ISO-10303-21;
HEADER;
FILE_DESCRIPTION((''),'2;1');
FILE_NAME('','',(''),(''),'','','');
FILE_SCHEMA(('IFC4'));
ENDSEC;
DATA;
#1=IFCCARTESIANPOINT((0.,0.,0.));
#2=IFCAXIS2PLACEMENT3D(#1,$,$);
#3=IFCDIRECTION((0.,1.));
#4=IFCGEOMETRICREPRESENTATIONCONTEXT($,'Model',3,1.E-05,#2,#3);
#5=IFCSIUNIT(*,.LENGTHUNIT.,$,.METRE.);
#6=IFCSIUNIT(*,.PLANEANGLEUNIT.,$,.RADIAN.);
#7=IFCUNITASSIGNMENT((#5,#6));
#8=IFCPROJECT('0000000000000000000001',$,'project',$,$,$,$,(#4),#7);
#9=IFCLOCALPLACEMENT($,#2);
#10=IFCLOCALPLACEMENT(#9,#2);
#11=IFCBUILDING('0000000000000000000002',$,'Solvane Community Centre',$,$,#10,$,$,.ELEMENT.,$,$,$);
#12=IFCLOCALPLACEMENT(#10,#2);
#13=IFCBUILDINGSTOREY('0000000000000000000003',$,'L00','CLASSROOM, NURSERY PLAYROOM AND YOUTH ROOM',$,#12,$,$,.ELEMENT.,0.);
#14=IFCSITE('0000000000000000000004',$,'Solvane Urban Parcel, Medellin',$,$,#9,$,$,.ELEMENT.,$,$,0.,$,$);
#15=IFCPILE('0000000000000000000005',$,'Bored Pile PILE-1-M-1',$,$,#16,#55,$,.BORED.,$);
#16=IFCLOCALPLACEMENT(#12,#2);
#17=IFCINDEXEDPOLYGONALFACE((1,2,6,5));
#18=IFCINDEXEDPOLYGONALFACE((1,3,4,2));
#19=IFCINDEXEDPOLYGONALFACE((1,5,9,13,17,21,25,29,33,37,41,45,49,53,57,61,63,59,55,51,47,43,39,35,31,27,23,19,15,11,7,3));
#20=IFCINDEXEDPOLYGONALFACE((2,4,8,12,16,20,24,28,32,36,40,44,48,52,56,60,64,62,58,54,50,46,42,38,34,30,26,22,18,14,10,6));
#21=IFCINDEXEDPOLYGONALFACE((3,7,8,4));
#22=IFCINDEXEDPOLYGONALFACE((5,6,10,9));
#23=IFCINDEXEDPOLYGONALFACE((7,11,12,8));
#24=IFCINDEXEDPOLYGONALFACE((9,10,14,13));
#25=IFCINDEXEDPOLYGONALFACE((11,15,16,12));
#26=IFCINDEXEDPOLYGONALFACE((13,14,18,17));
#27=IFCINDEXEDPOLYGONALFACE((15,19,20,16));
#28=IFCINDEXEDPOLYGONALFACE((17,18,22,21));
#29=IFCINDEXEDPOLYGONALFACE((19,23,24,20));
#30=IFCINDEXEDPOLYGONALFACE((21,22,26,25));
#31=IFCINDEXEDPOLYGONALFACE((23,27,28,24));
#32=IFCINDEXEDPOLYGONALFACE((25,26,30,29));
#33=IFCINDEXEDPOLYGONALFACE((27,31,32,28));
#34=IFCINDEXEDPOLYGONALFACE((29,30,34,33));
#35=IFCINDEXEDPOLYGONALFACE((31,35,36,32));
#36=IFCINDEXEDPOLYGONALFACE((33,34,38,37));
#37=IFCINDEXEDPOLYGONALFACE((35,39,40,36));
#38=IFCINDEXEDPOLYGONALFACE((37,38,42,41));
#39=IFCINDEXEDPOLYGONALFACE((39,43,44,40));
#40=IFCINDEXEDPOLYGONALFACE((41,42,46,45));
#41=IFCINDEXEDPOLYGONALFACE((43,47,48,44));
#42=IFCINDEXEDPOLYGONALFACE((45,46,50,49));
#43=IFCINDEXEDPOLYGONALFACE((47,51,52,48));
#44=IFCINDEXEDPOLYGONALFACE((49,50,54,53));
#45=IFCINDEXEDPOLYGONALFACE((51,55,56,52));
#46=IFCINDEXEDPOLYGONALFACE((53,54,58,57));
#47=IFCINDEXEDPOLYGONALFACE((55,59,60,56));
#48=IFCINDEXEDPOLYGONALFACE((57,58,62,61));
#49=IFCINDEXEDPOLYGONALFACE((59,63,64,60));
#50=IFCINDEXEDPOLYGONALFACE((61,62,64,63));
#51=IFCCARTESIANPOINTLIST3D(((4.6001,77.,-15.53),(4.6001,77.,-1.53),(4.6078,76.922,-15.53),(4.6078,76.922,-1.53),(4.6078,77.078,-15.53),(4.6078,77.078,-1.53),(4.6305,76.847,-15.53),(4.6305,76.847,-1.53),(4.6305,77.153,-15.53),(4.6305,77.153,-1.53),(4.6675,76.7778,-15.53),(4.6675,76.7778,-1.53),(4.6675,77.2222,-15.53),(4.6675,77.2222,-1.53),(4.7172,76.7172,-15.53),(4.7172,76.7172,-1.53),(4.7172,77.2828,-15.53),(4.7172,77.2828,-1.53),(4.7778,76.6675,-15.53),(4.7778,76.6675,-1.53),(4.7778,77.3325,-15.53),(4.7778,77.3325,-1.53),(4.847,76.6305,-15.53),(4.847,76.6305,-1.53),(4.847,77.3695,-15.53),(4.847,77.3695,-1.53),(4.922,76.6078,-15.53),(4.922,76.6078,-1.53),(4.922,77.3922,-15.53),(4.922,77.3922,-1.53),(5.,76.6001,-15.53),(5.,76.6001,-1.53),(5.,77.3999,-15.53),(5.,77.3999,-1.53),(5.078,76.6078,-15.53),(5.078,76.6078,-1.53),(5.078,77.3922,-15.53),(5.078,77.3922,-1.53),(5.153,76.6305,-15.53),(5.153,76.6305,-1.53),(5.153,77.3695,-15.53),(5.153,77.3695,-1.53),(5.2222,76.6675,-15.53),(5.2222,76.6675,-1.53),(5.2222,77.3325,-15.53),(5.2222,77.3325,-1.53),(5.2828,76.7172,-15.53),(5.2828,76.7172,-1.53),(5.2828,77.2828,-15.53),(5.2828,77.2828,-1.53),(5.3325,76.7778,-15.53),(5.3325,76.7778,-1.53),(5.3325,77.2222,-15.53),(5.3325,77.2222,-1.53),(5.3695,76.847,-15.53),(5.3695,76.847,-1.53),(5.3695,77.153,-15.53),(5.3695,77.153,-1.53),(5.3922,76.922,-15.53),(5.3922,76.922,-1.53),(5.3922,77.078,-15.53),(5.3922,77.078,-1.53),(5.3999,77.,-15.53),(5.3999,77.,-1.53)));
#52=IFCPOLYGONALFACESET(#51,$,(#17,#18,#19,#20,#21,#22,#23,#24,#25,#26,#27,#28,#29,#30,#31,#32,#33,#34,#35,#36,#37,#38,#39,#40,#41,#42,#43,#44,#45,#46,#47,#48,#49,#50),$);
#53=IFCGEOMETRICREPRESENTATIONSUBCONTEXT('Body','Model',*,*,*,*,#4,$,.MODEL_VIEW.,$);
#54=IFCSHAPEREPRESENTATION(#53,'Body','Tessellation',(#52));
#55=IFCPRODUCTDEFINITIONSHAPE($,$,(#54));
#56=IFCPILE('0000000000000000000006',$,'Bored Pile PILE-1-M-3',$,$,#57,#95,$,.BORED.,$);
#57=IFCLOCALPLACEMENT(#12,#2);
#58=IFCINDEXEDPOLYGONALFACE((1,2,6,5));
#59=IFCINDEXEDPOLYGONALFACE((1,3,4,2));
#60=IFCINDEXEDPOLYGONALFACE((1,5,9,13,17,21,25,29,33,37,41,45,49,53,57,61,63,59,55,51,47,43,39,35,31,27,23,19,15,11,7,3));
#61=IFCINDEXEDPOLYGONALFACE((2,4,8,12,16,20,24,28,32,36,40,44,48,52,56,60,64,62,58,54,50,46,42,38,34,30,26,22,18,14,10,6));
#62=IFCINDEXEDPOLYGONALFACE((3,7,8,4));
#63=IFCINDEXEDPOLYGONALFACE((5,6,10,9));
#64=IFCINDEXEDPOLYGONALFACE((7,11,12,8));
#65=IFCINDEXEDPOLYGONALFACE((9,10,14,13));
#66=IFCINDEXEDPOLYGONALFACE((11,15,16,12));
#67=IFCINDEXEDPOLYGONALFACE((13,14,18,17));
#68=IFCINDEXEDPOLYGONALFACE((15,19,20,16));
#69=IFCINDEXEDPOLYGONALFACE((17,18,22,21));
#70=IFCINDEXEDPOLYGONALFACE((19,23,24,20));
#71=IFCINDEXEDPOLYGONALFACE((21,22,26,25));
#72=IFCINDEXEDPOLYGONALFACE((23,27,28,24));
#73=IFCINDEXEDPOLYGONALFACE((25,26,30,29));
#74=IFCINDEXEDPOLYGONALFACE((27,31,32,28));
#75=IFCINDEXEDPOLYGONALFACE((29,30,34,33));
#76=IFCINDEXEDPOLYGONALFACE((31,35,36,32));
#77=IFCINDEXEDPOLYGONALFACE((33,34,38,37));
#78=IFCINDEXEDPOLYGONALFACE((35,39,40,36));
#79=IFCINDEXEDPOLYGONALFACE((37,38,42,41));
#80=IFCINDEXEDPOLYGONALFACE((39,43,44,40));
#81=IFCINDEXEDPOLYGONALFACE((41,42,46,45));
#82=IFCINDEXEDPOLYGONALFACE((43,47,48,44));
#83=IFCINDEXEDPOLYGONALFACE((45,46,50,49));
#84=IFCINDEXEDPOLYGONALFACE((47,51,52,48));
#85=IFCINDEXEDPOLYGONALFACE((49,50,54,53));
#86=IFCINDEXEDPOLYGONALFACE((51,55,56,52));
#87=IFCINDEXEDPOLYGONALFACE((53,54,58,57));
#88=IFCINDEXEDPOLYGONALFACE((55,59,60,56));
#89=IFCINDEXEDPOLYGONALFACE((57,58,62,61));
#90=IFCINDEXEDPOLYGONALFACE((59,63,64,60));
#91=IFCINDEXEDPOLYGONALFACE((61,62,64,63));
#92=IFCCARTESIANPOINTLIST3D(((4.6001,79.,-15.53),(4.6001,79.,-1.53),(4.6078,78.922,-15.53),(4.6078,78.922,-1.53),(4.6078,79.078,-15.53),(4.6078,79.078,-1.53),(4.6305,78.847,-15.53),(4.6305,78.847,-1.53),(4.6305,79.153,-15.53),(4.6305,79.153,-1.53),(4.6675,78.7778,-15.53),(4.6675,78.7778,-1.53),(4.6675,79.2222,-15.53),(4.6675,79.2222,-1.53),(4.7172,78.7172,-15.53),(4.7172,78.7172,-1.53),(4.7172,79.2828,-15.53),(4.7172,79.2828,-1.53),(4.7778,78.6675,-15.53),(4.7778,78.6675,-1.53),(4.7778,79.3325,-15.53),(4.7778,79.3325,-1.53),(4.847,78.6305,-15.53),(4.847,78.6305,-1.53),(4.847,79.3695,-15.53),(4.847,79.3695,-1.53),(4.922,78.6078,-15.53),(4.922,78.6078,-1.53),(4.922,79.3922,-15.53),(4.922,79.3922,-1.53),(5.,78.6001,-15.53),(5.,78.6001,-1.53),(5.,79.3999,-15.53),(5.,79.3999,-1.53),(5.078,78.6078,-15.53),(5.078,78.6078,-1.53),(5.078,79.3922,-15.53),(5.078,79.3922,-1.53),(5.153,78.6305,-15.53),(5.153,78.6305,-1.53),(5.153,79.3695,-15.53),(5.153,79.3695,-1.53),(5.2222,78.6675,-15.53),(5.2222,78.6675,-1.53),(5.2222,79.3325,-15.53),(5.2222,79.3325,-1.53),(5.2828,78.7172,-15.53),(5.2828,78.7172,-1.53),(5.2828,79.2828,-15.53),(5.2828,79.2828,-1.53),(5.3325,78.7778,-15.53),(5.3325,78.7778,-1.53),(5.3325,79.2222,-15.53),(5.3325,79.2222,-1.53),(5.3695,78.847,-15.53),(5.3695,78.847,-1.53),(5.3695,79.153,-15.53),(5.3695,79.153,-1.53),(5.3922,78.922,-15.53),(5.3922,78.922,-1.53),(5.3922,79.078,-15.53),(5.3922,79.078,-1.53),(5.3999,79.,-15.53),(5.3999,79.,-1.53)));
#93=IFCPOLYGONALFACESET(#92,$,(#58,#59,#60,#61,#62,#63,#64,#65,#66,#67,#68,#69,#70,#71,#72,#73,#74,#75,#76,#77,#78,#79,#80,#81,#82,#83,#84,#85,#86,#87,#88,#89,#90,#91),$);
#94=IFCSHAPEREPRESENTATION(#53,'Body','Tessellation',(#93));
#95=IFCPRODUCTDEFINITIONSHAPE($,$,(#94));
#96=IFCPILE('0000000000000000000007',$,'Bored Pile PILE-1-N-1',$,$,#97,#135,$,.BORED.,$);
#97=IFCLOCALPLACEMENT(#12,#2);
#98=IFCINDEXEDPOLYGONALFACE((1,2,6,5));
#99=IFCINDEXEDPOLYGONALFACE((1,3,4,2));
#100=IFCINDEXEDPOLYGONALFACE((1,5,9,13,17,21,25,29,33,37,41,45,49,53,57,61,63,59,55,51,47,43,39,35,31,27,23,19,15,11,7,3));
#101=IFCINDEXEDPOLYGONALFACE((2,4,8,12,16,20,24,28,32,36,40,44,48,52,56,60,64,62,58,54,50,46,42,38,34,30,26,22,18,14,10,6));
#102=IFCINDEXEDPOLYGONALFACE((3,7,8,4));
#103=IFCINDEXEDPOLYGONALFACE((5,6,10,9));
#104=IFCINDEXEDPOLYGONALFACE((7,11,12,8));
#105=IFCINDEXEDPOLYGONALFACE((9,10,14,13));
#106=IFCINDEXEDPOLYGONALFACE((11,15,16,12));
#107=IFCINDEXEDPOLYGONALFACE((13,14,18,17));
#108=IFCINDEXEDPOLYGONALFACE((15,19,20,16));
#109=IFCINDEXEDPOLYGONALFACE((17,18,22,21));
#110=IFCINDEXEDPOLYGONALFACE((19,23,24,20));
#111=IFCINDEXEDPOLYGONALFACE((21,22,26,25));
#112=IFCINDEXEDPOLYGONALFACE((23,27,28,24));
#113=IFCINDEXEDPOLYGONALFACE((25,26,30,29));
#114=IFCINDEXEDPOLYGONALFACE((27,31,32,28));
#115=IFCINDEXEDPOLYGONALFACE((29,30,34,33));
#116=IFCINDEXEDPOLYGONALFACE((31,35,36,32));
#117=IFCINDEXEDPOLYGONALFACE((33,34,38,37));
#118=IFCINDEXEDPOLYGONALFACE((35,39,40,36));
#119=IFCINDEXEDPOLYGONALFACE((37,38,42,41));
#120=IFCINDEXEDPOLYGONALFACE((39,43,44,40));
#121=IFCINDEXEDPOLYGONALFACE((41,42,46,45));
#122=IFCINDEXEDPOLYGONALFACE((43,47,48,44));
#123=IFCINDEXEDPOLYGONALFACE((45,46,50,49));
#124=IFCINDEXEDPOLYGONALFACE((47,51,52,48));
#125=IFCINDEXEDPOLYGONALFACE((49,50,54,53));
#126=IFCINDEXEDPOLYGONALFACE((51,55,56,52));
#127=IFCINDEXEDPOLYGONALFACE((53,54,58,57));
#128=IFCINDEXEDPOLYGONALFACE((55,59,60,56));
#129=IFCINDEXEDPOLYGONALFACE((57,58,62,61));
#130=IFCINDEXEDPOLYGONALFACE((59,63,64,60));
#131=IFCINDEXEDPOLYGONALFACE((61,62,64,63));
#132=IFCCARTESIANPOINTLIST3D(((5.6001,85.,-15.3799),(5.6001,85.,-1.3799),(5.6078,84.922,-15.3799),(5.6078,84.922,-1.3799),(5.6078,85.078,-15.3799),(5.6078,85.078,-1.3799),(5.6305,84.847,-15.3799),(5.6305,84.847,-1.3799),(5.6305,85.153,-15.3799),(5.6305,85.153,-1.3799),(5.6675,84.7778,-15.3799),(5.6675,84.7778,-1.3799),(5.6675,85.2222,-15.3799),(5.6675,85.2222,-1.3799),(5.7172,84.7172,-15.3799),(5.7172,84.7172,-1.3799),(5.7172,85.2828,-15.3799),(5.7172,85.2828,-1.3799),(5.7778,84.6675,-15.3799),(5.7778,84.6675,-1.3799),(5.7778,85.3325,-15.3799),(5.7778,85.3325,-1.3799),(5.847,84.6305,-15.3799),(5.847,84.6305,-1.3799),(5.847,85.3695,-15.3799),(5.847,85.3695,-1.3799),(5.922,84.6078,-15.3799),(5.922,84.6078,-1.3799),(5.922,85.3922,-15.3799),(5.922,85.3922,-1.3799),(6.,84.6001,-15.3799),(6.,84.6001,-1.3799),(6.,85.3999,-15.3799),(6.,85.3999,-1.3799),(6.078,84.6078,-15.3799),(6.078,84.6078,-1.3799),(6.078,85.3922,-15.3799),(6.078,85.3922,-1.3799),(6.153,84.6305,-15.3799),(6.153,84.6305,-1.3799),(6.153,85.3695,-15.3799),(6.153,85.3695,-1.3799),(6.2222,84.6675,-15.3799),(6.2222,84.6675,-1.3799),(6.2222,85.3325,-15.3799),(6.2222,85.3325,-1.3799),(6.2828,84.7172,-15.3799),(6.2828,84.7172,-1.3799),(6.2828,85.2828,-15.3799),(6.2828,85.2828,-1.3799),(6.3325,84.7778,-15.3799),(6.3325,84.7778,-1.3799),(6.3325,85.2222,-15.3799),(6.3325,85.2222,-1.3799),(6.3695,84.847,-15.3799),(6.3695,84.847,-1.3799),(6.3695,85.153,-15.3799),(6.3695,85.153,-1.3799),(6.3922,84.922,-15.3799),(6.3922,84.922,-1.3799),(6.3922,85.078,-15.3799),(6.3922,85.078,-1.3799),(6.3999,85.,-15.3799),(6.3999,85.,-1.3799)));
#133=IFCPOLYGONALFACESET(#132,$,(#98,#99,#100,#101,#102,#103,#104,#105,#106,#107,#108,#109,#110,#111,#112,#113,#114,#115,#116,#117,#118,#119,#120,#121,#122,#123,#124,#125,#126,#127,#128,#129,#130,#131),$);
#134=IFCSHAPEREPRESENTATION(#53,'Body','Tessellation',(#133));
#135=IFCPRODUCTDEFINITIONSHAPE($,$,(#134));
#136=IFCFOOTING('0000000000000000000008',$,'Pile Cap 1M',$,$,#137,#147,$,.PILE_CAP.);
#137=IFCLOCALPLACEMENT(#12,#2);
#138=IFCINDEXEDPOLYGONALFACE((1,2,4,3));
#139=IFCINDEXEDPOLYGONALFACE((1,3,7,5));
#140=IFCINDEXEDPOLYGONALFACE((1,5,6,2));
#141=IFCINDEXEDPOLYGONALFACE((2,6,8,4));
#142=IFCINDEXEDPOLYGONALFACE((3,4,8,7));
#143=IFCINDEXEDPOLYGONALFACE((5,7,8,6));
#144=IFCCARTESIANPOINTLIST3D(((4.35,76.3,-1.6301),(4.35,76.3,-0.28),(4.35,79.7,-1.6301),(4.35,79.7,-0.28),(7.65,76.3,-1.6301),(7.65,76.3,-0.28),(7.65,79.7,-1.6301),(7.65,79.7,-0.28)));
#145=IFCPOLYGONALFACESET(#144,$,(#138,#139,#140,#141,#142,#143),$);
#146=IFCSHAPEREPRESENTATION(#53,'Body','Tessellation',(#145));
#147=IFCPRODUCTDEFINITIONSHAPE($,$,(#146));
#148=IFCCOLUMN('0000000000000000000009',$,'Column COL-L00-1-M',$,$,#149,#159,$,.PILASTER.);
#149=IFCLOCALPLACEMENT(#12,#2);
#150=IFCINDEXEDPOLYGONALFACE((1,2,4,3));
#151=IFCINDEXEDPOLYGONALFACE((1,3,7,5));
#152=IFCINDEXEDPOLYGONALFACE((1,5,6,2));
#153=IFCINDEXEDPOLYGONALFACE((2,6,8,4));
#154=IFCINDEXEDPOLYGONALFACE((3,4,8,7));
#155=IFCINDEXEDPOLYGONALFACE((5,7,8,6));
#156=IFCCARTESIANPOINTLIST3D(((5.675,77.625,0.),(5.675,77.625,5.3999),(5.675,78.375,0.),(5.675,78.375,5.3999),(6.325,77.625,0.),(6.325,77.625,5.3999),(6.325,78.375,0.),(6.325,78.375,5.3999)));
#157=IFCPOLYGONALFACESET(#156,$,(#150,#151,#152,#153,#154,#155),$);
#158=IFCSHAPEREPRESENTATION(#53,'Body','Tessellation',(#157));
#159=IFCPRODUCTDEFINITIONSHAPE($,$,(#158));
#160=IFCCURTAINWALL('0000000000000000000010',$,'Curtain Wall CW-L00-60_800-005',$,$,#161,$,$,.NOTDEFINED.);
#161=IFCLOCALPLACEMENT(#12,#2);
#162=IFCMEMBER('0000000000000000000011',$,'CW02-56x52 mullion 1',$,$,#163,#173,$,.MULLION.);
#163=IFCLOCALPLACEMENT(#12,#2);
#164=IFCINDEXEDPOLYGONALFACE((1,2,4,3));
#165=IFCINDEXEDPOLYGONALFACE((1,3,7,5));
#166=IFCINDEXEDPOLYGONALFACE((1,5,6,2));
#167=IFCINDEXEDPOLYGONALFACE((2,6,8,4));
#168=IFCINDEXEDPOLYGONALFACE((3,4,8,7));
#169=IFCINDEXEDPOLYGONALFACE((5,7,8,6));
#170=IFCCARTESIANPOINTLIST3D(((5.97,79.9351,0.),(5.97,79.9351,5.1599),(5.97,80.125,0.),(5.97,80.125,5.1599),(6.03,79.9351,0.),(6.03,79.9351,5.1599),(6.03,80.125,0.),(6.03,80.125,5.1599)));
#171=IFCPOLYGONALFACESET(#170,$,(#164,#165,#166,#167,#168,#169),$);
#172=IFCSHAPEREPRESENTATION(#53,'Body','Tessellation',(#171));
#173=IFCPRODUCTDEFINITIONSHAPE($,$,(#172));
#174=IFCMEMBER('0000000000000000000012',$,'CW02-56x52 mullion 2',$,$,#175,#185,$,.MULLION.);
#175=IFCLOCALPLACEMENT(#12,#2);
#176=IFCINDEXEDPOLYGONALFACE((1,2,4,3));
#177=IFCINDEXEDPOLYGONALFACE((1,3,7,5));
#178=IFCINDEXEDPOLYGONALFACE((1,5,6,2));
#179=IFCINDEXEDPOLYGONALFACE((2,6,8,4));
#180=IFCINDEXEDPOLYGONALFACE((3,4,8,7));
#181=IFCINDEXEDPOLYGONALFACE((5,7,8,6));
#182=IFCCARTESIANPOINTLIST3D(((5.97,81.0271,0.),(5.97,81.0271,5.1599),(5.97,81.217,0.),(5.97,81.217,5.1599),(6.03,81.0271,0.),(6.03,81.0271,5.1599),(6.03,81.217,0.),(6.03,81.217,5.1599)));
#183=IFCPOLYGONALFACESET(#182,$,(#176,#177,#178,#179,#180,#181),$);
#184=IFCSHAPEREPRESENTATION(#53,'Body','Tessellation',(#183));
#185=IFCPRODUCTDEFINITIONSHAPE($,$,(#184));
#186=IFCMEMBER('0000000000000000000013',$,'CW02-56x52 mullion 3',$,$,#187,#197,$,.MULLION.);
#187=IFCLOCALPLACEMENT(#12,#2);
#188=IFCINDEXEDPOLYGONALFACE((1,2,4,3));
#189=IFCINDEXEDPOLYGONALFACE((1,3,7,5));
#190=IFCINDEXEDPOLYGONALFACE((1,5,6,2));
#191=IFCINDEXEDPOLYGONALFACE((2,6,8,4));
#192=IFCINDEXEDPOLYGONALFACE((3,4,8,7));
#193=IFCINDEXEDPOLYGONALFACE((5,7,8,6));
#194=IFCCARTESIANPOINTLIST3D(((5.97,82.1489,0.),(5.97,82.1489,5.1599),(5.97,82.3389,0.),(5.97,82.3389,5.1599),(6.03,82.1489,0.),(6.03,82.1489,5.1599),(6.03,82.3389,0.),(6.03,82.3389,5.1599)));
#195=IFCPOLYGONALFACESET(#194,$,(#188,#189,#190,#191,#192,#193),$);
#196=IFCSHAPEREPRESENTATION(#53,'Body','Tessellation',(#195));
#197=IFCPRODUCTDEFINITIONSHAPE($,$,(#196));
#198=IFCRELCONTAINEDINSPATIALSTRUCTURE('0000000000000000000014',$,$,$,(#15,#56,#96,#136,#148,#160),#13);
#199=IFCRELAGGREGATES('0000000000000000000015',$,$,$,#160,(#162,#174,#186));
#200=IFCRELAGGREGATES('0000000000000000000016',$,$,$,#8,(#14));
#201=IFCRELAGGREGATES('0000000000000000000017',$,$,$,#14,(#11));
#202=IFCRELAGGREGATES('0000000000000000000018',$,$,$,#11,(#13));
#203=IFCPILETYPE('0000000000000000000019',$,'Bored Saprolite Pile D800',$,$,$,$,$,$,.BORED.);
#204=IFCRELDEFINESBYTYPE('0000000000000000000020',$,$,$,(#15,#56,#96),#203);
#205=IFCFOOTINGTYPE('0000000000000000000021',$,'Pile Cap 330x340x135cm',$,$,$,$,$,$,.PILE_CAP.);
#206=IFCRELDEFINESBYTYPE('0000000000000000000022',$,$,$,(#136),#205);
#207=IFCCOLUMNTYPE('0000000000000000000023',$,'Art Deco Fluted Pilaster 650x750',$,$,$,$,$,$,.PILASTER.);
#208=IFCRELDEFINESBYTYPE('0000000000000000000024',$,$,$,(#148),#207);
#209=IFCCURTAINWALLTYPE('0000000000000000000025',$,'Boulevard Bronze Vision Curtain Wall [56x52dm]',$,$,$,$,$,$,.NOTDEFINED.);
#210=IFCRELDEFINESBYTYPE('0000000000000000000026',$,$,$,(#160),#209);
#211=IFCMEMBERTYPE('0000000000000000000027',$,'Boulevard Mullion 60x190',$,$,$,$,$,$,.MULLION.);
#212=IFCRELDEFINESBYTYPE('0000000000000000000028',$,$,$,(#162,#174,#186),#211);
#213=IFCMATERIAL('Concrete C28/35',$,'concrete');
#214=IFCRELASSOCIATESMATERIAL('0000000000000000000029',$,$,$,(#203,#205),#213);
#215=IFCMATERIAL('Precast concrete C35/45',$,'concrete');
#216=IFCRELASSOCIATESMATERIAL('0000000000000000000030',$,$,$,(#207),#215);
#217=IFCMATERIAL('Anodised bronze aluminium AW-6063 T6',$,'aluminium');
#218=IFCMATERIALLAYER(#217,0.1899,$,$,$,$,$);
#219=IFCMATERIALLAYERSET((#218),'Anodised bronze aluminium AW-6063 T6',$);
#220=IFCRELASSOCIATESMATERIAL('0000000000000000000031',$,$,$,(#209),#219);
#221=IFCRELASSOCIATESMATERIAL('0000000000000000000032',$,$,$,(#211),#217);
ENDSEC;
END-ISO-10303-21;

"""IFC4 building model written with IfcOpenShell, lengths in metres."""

from ifc_helpers import new_model, si_unit, direction, frame, origin, origin_2d, place, context, subcontext, project, spatial, rectangle, circle, extrude, material, layer, layer_set, material_profile, profile_set, type_object, element, aggregate, save


model = new_model("IFC4")

# Units and contexts
model_context = context("Model", 3, precision=1e-05, world=origin(), true_north=direction((0.0, 1.0)))
body_context = subcontext(model_context, "Body", "Model", "MODEL_VIEW")
ifc_project = project(units=[si_unit("LENGTHUNIT", "METRE"), si_unit("PLANEANGLEUNIT", "RADIAN")], contexts=[model_context])

# Site, building, storey
site_placement = place(None, origin())
site = spatial("IfcSite", under=ifc_project, at=site_placement, Name="Solvane Urban Parcel, Medellin", CompositionType="ELEMENT", RefElevation=0.0)
building_placement = place(site_placement, origin())
building = spatial("IfcBuilding", under=site, at=building_placement, Name="Solvane Community Centre", CompositionType="ELEMENT")
storey_placement = place(building_placement, origin())
storey = spatial("IfcBuildingStorey", under=building, at=storey_placement, Name="L00", Description="CLASSROOM, NURSERY PLAYROOM AND YOUTH ROOM", CompositionType="ELEMENT", Elevation=0.0)

# Piles
ifc_material_1 = material(Name="Concrete C28/35", Category="concrete")
ifc_material_profile_1 = material_profile(ifc_material_1, circle(Radius=0.3999, at=origin_2d()), Name="PILE D800")
ifc_profile_set_1 = profile_set([ifc_material_profile_1], Name="Concrete C28/35")
pile_type = type_object("IfcPileType", Name="Bored Saprolite Pile D800", PredefinedType="BORED", material=ifc_profile_set_1)
for number, where, z_axis, x_axis, name in (
    (1, (5.0, 77.0, -1.53), (0.0, 0.0, -1.0), (1.0, 0.0, 0.0), "Bored Pile PILE-1-M-1"),
    (2, (5.0, 79.0, -1.53), (0.0, 0.0, -1.0), (1.0, 0.0, 0.0), "Bored Pile PILE-1-M-3"),
    (3, (6.0, 85.0, -1.3799), (0.0, 0.0, -1.0), (1.0, 0.0, 0.0), "Bored Pile PILE-1-N-1"),
):
    element("IfcPile", number, at=place(storey_placement, frame(where, z_axis=z_axis, x_axis=x_axis)), inside=storey, type_object=pile_type, Name=name, PredefinedType="BORED", context=body_context, shape_type="SweptSolid", body=[
        extrude(circle(Radius=0.3999, at=origin_2d()), origin(), (0.0, 0.0, 1.0), 14.0),
    ])

# Footing
footing_type = type_object("IfcFootingType", Name="Pile Cap 330x340x135cm", PredefinedType="PILE_CAP", material=ifc_material_1)
footing_placement = place(storey_placement, frame((6.0, 78.0, -1.6301), z_axis=(0.0, 0.0, 1.0), x_axis=(1.0, 0.0, 0.0)))
element("IfcFooting", 4, at=footing_placement, inside=storey, type_object=footing_type, Name="Pile Cap 1M", PredefinedType="PILE_CAP", context=body_context, shape_type="SweptSolid", body=[
    extrude(rectangle(XDim=3.3, YDim=3.3999, at=origin_2d()), origin(), (0.0, 0.0, 1.0), 1.3501),
])

# Column
ifc_material_2 = material(Name="Precast concrete C35/45", Category="concrete")
ifc_material_profile_2 = material_profile(ifc_material_2, rectangle(XDim=0.6499, YDim=0.75, at=origin_2d()), Name="RC 650x750")
ifc_profile_set_2 = profile_set([ifc_material_profile_2], Name="Precast concrete C35/45")
column_type = type_object("IfcColumnType", Name="Art Deco Fluted Pilaster 650x750", PredefinedType="PILASTER", material=ifc_profile_set_2)
column_placement = place(storey_placement, frame((6.0, 78.0, 0.0), z_axis=(0.0, 0.0, 1.0), x_axis=(1.0, 0.0, 0.0)))
element("IfcColumn", 5, at=column_placement, inside=storey, type_object=column_type, Name="Column COL-L00-1-M", PredefinedType="PILASTER", context=body_context, shape_type="SweptSolid", body=[
    extrude(rectangle(XDim=0.6499, YDim=0.75, at=origin_2d()), origin(), (0.0, 0.0, 1.0), 5.3999),
])

# Curtain wall, members
ifc_material_3 = material(Name="Anodised bronze aluminium AW-6063 T6", Category="aluminium")
ifc_layer_1 = layer(ifc_material_3, 0.1899)
ifc_layer_set_1 = layer_set([ifc_layer_1], Name="Anodised bronze aluminium AW-6063 T6")
curtain_wall_type = type_object("IfcCurtainWallType", Name="Boulevard Bronze Vision Curtain Wall [56x52dm]", PredefinedType="NOTDEFINED", material=ifc_layer_set_1)
curtain_wall_placement = place(storey_placement, origin())
curtain_wall = element("IfcCurtainWall", 6, at=curtain_wall_placement, inside=storey, type_object=curtain_wall_type, Name="Curtain Wall CW-L00-60_800-005", PredefinedType="NOTDEFINED")
ifc_material_profile_3 = material_profile(ifc_material_3, rectangle(XDim=0.0601, YDim=0.1899, at=origin_2d()), Name="CW-M 60x190")
ifc_profile_set_3 = profile_set([ifc_material_profile_3], Name="Anodised bronze aluminium AW-6063 T6")
member_type_1 = type_object("IfcMemberType", Name="Boulevard Mullion 60x190", PredefinedType="MULLION", material=ifc_profile_set_3)
member_1_placement = place(storey_placement, frame((6.0, 80.03, 0.0), z_axis=(0.0, 0.0, 1.0), x_axis=(-1.0, 0.0, 0.0)))
member_1 = element("IfcMember", 7, at=member_1_placement, type_object=member_type_1, Name="CW02-56x52 mullion 1", PredefinedType="MULLION", context=body_context, shape_type="SweptSolid", body=[
    extrude(rectangle(XDim=0.0601, YDim=0.1899, at=origin_2d()), origin(), (0.0, 0.0, 1.0), 5.1599),
])
member_2_placement = place(storey_placement, frame((6.0, 81.1221, 0.0), z_axis=(0.0, 0.0, 1.0), x_axis=(-1.0, 0.0, 0.0)))
member_2 = element("IfcMember", 8, at=member_2_placement, type_object=member_type_1, Name="CW02-56x52 mullion 2", PredefinedType="MULLION", context=body_context, shape_type="SweptSolid", body=[
    extrude(rectangle(XDim=0.0601, YDim=0.1899, at=origin_2d()), origin(), (0.0, 0.0, 1.0), 5.1599),
])
member_3_placement = place(storey_placement, frame((6.0, 82.2439, 0.0), z_axis=(0.0, 0.0, 1.0), x_axis=(-1.0, 0.0, 0.0)))
member_3 = element("IfcMember", 9, at=member_3_placement, type_object=member_type_1, Name="CW02-56x52 mullion 3", PredefinedType="MULLION", context=body_context, shape_type="SweptSolid", body=[
    extrude(rectangle(XDim=0.0601, YDim=0.1899, at=origin_2d()), origin(), (0.0, 0.0, 1.0), 5.1599),
])
aggregate(curtain_wall, [member_1, member_2, member_3])

save(model, "model.ifc")
